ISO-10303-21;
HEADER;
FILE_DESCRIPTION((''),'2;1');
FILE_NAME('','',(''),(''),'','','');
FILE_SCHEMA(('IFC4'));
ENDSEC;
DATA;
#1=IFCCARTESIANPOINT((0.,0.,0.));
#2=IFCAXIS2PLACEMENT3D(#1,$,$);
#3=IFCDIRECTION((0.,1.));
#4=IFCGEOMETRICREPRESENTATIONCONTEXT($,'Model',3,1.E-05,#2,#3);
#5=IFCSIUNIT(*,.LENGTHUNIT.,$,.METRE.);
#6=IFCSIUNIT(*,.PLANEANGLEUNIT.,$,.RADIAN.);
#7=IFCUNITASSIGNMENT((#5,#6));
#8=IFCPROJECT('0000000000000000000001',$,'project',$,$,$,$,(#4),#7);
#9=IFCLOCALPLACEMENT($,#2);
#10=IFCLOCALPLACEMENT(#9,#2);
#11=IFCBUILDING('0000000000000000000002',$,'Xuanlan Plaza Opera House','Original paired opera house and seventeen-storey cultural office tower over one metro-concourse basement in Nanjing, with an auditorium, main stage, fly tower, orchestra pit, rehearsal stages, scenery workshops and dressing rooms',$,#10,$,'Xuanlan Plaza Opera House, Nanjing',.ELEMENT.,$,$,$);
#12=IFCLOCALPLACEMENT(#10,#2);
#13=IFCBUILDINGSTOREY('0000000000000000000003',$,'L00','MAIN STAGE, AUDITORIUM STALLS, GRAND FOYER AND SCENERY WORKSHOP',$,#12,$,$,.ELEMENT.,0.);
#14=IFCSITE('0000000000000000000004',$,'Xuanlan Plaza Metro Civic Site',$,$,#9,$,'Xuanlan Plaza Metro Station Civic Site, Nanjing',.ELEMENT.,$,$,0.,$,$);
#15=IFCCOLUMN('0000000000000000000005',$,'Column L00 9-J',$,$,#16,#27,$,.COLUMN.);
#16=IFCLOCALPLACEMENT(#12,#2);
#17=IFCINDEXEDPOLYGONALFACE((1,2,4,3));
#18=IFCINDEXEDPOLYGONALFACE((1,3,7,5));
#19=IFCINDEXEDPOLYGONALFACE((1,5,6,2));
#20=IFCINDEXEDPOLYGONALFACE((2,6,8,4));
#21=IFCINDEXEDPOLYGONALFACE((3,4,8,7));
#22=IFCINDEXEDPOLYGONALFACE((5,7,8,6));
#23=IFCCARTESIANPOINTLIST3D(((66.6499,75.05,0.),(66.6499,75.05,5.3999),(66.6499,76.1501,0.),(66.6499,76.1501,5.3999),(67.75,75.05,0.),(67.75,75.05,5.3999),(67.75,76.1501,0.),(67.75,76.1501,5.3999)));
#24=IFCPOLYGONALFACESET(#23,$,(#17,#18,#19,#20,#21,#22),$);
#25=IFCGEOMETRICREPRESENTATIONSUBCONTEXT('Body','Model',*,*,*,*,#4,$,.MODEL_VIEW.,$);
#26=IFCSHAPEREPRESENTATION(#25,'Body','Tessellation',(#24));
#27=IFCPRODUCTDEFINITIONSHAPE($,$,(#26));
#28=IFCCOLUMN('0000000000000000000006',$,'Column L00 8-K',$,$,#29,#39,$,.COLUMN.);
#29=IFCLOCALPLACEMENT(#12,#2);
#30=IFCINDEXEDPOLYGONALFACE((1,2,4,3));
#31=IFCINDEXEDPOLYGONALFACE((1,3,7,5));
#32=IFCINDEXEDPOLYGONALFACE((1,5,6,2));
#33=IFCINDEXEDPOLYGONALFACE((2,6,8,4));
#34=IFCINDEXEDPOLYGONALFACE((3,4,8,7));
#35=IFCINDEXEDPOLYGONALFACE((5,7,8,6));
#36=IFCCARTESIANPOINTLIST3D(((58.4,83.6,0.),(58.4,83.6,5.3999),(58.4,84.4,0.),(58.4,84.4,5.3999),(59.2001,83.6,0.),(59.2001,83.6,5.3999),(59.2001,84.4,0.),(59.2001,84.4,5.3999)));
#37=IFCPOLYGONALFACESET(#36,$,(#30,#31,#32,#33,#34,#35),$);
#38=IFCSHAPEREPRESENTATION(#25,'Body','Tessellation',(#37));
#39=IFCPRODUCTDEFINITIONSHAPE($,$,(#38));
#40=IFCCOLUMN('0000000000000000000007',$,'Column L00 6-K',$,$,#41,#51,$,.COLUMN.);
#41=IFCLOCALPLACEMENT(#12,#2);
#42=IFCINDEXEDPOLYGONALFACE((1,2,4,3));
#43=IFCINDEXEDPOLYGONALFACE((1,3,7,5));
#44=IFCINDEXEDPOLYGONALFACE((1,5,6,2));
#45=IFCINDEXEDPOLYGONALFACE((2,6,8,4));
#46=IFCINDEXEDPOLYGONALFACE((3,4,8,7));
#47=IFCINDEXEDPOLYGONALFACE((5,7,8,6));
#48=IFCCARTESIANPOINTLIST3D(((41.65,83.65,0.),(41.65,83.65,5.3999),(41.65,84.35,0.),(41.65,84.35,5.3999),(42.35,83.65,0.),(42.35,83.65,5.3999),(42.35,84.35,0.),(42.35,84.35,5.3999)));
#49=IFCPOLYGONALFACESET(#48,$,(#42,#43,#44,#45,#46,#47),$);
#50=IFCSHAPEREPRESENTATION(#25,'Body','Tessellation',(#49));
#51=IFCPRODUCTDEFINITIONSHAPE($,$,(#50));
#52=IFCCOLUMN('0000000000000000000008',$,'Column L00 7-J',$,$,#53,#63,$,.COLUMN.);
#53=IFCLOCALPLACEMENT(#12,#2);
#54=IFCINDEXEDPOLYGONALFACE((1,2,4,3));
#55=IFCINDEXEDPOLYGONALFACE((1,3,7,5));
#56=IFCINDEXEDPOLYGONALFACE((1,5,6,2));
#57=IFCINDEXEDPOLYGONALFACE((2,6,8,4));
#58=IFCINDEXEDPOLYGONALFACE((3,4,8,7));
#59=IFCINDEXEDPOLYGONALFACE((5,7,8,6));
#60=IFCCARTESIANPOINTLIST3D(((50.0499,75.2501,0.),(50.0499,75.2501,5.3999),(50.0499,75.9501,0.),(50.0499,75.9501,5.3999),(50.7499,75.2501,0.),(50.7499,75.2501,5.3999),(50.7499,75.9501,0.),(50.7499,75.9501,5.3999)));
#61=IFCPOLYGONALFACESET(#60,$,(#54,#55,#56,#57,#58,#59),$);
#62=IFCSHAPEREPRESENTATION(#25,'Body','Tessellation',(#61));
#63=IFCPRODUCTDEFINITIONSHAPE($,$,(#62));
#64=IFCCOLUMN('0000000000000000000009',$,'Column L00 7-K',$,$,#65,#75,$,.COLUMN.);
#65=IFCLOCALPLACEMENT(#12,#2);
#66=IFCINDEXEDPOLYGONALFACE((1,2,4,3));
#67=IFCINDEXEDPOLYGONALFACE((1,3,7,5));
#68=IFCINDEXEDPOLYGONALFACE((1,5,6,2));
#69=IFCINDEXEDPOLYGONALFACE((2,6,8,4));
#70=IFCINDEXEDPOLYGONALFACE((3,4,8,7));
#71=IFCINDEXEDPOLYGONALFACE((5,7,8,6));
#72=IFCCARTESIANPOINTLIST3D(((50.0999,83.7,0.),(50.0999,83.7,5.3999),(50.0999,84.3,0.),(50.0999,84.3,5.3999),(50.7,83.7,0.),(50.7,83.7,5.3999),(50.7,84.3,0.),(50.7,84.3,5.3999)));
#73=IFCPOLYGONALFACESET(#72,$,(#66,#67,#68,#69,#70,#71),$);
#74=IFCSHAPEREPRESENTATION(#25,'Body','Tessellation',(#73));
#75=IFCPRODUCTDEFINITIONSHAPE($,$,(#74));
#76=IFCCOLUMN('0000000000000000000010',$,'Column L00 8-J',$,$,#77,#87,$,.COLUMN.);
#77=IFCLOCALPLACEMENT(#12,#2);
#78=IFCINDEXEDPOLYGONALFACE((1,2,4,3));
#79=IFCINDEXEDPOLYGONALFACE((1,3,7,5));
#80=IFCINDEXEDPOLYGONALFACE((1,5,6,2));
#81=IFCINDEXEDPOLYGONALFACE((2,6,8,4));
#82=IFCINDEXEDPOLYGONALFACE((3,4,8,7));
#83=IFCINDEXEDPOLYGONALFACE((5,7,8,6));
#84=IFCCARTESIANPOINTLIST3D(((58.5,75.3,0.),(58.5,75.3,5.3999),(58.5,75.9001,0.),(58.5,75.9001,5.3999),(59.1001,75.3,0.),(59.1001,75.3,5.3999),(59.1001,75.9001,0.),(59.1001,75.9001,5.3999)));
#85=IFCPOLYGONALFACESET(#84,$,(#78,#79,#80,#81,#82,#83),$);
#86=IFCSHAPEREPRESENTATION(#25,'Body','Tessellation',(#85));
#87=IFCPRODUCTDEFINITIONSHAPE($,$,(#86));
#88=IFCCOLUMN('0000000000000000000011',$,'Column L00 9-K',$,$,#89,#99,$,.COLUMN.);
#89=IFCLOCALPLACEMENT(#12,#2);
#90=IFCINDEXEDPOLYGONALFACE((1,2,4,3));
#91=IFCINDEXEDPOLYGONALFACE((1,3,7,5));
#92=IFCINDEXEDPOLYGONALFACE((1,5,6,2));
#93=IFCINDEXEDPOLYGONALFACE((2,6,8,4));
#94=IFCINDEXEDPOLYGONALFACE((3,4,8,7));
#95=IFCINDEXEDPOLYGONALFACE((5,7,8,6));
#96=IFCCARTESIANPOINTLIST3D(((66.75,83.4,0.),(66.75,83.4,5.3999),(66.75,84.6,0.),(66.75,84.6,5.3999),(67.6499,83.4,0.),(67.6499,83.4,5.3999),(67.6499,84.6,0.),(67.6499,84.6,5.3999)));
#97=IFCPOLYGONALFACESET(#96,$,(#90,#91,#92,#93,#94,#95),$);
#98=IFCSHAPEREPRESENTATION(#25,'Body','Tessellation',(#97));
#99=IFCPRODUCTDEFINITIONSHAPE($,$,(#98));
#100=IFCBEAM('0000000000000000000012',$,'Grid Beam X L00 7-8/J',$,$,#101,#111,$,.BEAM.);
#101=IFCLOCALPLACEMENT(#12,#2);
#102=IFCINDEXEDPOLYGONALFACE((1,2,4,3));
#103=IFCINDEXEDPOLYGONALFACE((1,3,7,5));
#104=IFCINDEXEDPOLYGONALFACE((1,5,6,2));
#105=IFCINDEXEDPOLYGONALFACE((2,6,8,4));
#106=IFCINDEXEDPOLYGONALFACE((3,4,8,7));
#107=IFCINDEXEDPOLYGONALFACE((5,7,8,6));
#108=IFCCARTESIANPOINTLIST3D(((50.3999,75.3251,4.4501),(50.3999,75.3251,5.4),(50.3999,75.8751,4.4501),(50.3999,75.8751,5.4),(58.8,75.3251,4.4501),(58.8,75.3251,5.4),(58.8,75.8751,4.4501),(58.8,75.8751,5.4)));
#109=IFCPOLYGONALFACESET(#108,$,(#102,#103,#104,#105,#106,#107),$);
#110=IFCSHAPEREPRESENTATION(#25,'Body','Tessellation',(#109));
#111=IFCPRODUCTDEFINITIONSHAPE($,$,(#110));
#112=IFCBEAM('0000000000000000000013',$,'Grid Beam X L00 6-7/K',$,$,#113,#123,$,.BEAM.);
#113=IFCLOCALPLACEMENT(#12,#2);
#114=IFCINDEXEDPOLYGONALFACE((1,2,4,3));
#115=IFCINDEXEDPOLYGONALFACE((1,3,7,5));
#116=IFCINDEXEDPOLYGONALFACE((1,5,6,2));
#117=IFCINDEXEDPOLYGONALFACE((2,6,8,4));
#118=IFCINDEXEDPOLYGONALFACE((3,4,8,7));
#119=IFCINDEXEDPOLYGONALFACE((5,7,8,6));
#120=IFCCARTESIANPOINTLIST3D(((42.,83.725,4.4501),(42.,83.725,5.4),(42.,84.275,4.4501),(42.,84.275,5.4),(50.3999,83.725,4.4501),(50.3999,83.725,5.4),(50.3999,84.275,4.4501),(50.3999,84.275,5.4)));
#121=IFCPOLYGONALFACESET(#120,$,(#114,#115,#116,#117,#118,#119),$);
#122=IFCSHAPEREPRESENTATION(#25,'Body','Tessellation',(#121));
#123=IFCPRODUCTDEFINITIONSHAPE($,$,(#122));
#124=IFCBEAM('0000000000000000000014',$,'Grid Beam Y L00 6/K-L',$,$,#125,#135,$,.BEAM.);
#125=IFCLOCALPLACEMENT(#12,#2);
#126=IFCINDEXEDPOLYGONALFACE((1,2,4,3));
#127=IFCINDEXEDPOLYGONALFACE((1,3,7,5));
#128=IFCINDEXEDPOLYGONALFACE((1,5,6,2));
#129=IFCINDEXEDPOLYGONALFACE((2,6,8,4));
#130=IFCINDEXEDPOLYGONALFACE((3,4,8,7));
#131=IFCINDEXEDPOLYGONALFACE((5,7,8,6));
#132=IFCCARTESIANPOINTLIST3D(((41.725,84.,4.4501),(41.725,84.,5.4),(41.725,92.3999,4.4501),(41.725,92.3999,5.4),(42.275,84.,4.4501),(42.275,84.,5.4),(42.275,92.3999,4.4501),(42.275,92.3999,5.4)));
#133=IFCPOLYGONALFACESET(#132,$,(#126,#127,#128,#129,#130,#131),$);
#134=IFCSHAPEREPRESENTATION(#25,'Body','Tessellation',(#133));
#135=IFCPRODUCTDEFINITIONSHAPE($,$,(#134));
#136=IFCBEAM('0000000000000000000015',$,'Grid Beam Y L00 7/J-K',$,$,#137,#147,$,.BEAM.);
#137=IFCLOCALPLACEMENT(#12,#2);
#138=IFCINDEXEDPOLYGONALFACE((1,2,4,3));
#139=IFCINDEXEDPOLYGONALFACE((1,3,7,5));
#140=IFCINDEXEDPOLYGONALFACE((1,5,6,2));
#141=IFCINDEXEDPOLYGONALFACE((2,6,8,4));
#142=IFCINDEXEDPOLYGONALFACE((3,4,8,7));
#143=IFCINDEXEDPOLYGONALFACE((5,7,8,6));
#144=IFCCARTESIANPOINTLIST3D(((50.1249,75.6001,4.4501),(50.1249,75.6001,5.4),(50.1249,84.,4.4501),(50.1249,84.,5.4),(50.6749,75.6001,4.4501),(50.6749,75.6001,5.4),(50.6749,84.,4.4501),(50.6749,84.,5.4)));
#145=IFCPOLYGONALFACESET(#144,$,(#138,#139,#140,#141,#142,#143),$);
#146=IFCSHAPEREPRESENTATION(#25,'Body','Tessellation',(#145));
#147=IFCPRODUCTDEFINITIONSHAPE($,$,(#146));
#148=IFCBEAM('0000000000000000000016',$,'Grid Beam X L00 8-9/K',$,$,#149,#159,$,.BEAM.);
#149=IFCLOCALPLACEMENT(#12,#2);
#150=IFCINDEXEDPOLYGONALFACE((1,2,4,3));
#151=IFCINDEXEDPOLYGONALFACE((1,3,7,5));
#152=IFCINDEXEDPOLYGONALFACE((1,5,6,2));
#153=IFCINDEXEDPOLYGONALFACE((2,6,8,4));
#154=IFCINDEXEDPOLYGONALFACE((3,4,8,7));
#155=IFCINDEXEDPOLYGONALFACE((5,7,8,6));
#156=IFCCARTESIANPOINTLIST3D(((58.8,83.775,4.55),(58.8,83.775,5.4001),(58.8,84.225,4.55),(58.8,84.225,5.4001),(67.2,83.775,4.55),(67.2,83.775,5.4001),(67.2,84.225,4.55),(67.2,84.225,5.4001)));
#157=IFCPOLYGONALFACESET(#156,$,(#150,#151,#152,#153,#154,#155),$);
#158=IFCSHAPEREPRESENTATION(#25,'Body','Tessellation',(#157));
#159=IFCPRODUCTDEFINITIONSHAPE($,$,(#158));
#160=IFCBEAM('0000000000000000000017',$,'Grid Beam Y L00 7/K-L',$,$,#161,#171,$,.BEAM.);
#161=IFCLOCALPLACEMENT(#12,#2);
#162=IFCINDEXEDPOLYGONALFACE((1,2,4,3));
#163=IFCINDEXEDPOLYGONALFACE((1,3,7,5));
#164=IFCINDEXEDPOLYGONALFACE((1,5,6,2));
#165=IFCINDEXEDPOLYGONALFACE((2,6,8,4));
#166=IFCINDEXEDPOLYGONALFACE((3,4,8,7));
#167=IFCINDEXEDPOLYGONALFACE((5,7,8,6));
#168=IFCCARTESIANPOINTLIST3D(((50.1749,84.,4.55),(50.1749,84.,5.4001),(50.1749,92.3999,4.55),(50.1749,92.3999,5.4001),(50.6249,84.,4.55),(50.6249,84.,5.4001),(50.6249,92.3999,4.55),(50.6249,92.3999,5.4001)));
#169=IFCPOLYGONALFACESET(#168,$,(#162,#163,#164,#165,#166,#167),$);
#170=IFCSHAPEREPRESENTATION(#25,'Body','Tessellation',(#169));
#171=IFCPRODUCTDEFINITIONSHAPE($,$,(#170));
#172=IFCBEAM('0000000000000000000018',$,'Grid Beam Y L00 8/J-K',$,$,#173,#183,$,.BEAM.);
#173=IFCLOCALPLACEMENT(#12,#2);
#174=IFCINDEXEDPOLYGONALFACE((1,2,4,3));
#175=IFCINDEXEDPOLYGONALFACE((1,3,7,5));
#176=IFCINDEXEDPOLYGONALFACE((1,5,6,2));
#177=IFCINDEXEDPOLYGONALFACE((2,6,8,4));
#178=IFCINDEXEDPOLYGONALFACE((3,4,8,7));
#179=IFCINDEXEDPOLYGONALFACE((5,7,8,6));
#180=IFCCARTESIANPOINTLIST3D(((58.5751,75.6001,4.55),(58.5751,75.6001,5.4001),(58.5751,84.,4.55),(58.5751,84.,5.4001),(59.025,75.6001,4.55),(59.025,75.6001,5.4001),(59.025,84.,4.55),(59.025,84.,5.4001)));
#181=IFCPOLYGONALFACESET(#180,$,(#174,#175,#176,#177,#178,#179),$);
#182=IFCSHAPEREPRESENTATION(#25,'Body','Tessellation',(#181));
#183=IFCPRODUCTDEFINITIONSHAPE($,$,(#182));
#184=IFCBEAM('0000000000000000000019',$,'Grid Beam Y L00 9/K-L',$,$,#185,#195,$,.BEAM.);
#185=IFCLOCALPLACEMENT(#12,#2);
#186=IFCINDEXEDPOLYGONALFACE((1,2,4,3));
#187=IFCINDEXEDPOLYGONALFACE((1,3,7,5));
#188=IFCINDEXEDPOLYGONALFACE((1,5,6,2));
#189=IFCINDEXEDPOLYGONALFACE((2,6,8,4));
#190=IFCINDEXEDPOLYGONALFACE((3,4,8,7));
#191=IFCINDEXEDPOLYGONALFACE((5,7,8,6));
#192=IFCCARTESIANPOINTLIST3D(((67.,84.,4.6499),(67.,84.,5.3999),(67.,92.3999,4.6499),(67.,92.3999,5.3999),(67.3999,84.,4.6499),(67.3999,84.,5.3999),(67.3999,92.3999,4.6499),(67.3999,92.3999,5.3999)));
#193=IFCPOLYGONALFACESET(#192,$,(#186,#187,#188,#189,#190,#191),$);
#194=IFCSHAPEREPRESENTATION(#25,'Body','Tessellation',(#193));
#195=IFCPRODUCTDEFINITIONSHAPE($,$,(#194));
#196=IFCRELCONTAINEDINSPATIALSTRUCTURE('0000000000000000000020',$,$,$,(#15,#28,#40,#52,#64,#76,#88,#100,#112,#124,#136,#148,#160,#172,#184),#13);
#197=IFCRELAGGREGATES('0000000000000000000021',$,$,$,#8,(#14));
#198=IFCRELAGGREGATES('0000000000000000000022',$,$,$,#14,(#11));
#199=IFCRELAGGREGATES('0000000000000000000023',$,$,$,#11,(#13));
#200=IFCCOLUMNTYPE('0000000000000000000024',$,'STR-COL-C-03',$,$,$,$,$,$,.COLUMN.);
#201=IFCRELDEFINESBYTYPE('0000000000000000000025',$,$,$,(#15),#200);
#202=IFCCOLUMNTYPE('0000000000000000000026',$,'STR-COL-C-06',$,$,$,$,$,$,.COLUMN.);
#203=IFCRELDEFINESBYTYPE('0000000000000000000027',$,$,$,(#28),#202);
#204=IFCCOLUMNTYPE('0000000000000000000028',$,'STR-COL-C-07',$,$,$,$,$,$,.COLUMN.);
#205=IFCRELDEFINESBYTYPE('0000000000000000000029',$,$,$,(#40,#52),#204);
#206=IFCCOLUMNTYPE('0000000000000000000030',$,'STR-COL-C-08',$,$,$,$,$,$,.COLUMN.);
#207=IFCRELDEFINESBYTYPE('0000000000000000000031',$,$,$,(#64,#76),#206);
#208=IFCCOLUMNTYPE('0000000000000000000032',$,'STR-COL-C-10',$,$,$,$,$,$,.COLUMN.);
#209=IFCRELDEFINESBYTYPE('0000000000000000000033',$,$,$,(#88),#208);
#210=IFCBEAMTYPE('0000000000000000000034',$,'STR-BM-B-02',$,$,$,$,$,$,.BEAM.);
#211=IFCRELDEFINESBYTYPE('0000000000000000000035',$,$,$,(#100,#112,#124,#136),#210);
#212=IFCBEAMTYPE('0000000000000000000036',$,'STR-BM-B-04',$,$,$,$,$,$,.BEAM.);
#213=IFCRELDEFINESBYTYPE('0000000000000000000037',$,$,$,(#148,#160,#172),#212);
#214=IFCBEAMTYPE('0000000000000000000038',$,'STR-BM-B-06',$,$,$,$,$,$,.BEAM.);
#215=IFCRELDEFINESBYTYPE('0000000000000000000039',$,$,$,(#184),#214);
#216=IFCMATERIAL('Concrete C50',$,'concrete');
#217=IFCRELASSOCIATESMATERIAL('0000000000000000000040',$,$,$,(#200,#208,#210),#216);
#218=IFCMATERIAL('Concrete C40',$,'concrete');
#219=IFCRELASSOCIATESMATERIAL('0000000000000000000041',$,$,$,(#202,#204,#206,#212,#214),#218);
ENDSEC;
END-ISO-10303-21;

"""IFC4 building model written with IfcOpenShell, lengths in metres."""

from ifc_helpers import new_model, si_unit, direction, frame, origin, origin_2d, place, context, subcontext, project, spatial, rectangle, extrude, material, material_profile, profile_set, type_object, element, save


model = new_model("IFC4")

# Units and contexts
model_context = context("Model", 3, precision=1e-05, world=origin(), true_north=direction((0.0, 1.0)))
body_context = subcontext(model_context, "Body", "Model", "MODEL_VIEW")
ifc_project = project(units=[si_unit("LENGTHUNIT", "METRE"), si_unit("PLANEANGLEUNIT", "RADIAN")], contexts=[model_context])

# Site, building, storey
site_placement = place(None, origin())
site = spatial("IfcSite", under=ifc_project, at=site_placement, Name="Xuanlan Plaza Metro Civic Site", LongName="Xuanlan Plaza Metro Station Civic Site, Nanjing", CompositionType="ELEMENT", RefElevation=0.0)
building_placement = place(site_placement, origin())
building = spatial("IfcBuilding", under=site, at=building_placement, Name="Xuanlan Plaza Opera House", Description="Original paired opera house and seventeen-storey cultural office tower over one metro-concourse basement in Nanjing, with an auditorium, main stage, fly tower, orchestra pit, rehearsal stages, scenery workshops and dressing rooms", LongName="Xuanlan Plaza Opera House, Nanjing", CompositionType="ELEMENT")
storey_placement = place(building_placement, origin())
storey = spatial("IfcBuildingStorey", under=building, at=storey_placement, Name="L00", Description="MAIN STAGE, AUDITORIUM STALLS, GRAND FOYER AND SCENERY WORKSHOP", CompositionType="ELEMENT", Elevation=0.0)

# Columns
ifc_material_1 = material(Name="Concrete C50", Category="concrete")
ifc_material_profile_1 = material_profile(ifc_material_1, rectangle(XDim=1.1001, YDim=1.1001, at=origin_2d()), Name="RC-COL 1100x1100")
ifc_profile_set_1 = profile_set([ifc_material_profile_1], Name="Concrete C50")
column_type_1 = type_object("IfcColumnType", Name="STR-COL-C-03", PredefinedType="COLUMN", material=ifc_profile_set_1)
column_1_placement = place(storey_placement, frame((67.2, 75.6001, 0.0), z_axis=(0.0, 0.0, 1.0), x_axis=(1.0, 0.0, 0.0)))
element("IfcColumn", 1, at=column_1_placement, inside=storey, type_object=column_type_1, Name="Column L00 9-J", PredefinedType="COLUMN", context=body_context, shape_type="SweptSolid", body=[
    extrude(rectangle(XDim=1.1001, YDim=1.1001, at=origin_2d()), origin(), (0.0, 0.0, 1.0), 5.3999),
])
ifc_material_2 = material(Name="Concrete C40", Category="concrete")
ifc_material_profile_2 = material_profile(ifc_material_2, rectangle(XDim=0.8, YDim=0.8, at=origin_2d()), Name="RC-COL 800x800")
ifc_profile_set_2 = profile_set([ifc_material_profile_2], Name="Concrete C40")
column_type_2 = type_object("IfcColumnType", Name="STR-COL-C-06", PredefinedType="COLUMN", material=ifc_profile_set_2)
column_2_placement = place(storey_placement, frame((58.8, 84.0, 0.0), z_axis=(0.0, 0.0, 1.0), x_axis=(1.0, 0.0, 0.0)))
element("IfcColumn", 2, at=column_2_placement, inside=storey, type_object=column_type_2, Name="Column L00 8-K", PredefinedType="COLUMN", context=body_context, shape_type="SweptSolid", body=[
    extrude(rectangle(XDim=0.8, YDim=0.8, at=origin_2d()), origin(), (0.0, 0.0, 1.0), 5.3999),
])
ifc_material_profile_3 = material_profile(ifc_material_2, rectangle(XDim=0.7, YDim=0.7, at=origin_2d()), Name="RC-COL 700x700")
ifc_profile_set_3 = profile_set([ifc_material_profile_3], Name="Concrete C40")
column_type_3 = type_object("IfcColumnType", Name="STR-COL-C-07", PredefinedType="COLUMN", material=ifc_profile_set_3)
for number, where, z_axis, x_axis, name in (
    (3, (42.0, 84.0, 0.0), (0.0, 0.0, 1.0), (1.0, 0.0, 0.0), "Column L00 6-K"),
    (4, (50.3999, 75.6001, 0.0), (0.0, 0.0, 1.0), (1.0, 0.0, 0.0), "Column L00 7-J"),
):
    element("IfcColumn", number, at=place(storey_placement, frame(where, z_axis=z_axis, x_axis=x_axis)), inside=storey, type_object=column_type_3, Name=name, PredefinedType="COLUMN", context=body_context, shape_type="SweptSolid", body=[
        extrude(rectangle(XDim=0.7, YDim=0.7, at=origin_2d()), origin(), (0.0, 0.0, 1.0), 5.3999),
    ])
ifc_material_profile_4 = material_profile(ifc_material_2, rectangle(XDim=0.6001, YDim=0.6001, at=origin_2d()), Name="RC-COL 600x600")
ifc_profile_set_4 = profile_set([ifc_material_profile_4], Name="Concrete C40")
column_type_4 = type_object("IfcColumnType", Name="STR-COL-C-08", PredefinedType="COLUMN", material=ifc_profile_set_4)
for number, where, z_axis, x_axis, name in (
    (5, (50.3999, 84.0, 0.0), (0.0, 0.0, 1.0), (1.0, 0.0, 0.0), "Column L00 7-K"),
    (6, (58.8, 75.6001, 0.0), (0.0, 0.0, 1.0), (1.0, 0.0, 0.0), "Column L00 8-J"),
):
    element("IfcColumn", number, at=place(storey_placement, frame(where, z_axis=z_axis, x_axis=x_axis)), inside=storey, type_object=column_type_4, Name=name, PredefinedType="COLUMN", context=body_context, shape_type="SweptSolid", body=[
        extrude(rectangle(XDim=0.6001, YDim=0.6001, at=origin_2d()), origin(), (0.0, 0.0, 1.0), 5.3999),
    ])
ifc_material_profile_5 = material_profile(ifc_material_1, rectangle(XDim=0.8999, YDim=1.2, at=origin_2d()), Name="RC-COL 900x1200")
ifc_profile_set_5 = profile_set([ifc_material_profile_5], Name="Concrete C50")
column_type_5 = type_object("IfcColumnType", Name="STR-COL-C-10", PredefinedType="COLUMN", material=ifc_profile_set_5)
column_3_placement = place(storey_placement, frame((67.2, 84.0, 0.0), z_axis=(0.0, 0.0, 1.0), x_axis=(1.0, 0.0, 0.0)))
element("IfcColumn", 7, at=column_3_placement, inside=storey, type_object=column_type_5, Name="Column L00 9-K", PredefinedType="COLUMN", context=body_context, shape_type="SweptSolid", body=[
    extrude(rectangle(XDim=0.8999, YDim=1.2, at=origin_2d()), origin(), (0.0, 0.0, 1.0), 5.3999),
])

# Beams
ifc_material_profile_6 = material_profile(ifc_material_1, rectangle(XDim=0.55, YDim=0.95, at=origin_2d()), Name="RC-BM 550x950")
ifc_profile_set_6 = profile_set([ifc_material_profile_6], Name="Concrete C50")
beam_type_1 = type_object("IfcBeamType", Name="STR-BM-B-02", PredefinedType="BEAM", material=ifc_profile_set_6)
beam_1_placement = place(storey_placement, frame((50.3999, 75.6001, 4.925), z_axis=(1.0, 0.0, 0.0), x_axis=(0.0, 1.0, 0.0)))
element("IfcBeam", 8, at=beam_1_placement, inside=storey, type_object=beam_type_1, Name="Grid Beam X L00 7-8/J", PredefinedType="BEAM", context=body_context, shape_type="SweptSolid", body=[
    extrude(rectangle(XDim=0.55, YDim=0.95, at=origin_2d()), origin(), (0.0, 0.0, 1.0), 8.4001),
])
for number, where, z_axis, x_axis, name in (
    (9, (42.0, 84.0, 4.925), (1.0, 0.0, 0.0), (0.0, 1.0, 0.0), "Grid Beam X L00 6-7/K"),
    (10, (42.0, 84.0, 4.925), (0.0, 1.0, 0.0), (-1.0, 0.0, 0.0), "Grid Beam Y L00 6/K-L"),
    (11, (50.3999, 75.6001, 4.925), (0.0, 1.0, 0.0), (-1.0, 0.0, 0.0), "Grid Beam Y L00 7/J-K"),
):
    element("IfcBeam", number, at=place(storey_placement, frame(where, z_axis=z_axis, x_axis=x_axis)), inside=storey, type_object=beam_type_1, Name=name, PredefinedType="BEAM", context=body_context, shape_type="SweptSolid", body=[
        extrude(rectangle(XDim=0.55, YDim=0.95, at=origin_2d()), origin(), (0.0, 0.0, 1.0), 8.3999),
    ])
ifc_material_profile_7 = material_profile(ifc_material_2, rectangle(XDim=0.45, YDim=0.8501, at=origin_2d()), Name="RC-BM 450x850")
ifc_profile_set_7 = profile_set([ifc_material_profile_7], Name="Concrete C40")
beam_type_2 = type_object("IfcBeamType", Name="STR-BM-B-04", PredefinedType="BEAM", material=ifc_profile_set_7)
for number, where, z_axis, x_axis, name in (
    (12, (58.8, 84.0, 4.9751), (1.0, 0.0, 0.0), (0.0, 1.0, 0.0), "Grid Beam X L00 8-9/K"),
    (13, (50.3999, 84.0, 4.9751), (0.0, 1.0, 0.0), (-1.0, 0.0, 0.0), "Grid Beam Y L00 7/K-L"),
    (14, (58.8, 75.6001, 4.9751), (0.0, 1.0, 0.0), (-1.0, 0.0, 0.0), "Grid Beam Y L00 8/J-K"),
):
    element("IfcBeam", number, at=place(storey_placement, frame(where, z_axis=z_axis, x_axis=x_axis)), inside=storey, type_object=beam_type_2, Name=name, PredefinedType="BEAM", context=body_context, shape_type="SweptSolid", body=[
        extrude(rectangle(XDim=0.45, YDim=0.8501, at=origin_2d()), origin(), (0.0, 0.0, 1.0), 8.3999),
    ])
ifc_material_profile_8 = material_profile(ifc_material_2, rectangle(XDim=0.3999, YDim=0.75, at=origin_2d()), Name="RC-BM 400x750")
ifc_profile_set_8 = profile_set([ifc_material_profile_8], Name="Concrete C40")
beam_type_3 = type_object("IfcBeamType", Name="STR-BM-B-06", PredefinedType="BEAM", material=ifc_profile_set_8)
beam_2_placement = place(storey_placement, frame((67.2, 84.0, 5.0249), z_axis=(0.0, 1.0, 0.0), x_axis=(-1.0, 0.0, 0.0)))
element("IfcBeam", 15, at=beam_2_placement, inside=storey, type_object=beam_type_3, Name="Grid Beam Y L00 9/K-L", PredefinedType="BEAM", context=body_context, shape_type="SweptSolid", body=[
    extrude(rectangle(XDim=0.3999, YDim=0.75, at=origin_2d()), origin(), (0.0, 0.0, 1.0), 8.3999),
])

save(model, "model.ifc")
